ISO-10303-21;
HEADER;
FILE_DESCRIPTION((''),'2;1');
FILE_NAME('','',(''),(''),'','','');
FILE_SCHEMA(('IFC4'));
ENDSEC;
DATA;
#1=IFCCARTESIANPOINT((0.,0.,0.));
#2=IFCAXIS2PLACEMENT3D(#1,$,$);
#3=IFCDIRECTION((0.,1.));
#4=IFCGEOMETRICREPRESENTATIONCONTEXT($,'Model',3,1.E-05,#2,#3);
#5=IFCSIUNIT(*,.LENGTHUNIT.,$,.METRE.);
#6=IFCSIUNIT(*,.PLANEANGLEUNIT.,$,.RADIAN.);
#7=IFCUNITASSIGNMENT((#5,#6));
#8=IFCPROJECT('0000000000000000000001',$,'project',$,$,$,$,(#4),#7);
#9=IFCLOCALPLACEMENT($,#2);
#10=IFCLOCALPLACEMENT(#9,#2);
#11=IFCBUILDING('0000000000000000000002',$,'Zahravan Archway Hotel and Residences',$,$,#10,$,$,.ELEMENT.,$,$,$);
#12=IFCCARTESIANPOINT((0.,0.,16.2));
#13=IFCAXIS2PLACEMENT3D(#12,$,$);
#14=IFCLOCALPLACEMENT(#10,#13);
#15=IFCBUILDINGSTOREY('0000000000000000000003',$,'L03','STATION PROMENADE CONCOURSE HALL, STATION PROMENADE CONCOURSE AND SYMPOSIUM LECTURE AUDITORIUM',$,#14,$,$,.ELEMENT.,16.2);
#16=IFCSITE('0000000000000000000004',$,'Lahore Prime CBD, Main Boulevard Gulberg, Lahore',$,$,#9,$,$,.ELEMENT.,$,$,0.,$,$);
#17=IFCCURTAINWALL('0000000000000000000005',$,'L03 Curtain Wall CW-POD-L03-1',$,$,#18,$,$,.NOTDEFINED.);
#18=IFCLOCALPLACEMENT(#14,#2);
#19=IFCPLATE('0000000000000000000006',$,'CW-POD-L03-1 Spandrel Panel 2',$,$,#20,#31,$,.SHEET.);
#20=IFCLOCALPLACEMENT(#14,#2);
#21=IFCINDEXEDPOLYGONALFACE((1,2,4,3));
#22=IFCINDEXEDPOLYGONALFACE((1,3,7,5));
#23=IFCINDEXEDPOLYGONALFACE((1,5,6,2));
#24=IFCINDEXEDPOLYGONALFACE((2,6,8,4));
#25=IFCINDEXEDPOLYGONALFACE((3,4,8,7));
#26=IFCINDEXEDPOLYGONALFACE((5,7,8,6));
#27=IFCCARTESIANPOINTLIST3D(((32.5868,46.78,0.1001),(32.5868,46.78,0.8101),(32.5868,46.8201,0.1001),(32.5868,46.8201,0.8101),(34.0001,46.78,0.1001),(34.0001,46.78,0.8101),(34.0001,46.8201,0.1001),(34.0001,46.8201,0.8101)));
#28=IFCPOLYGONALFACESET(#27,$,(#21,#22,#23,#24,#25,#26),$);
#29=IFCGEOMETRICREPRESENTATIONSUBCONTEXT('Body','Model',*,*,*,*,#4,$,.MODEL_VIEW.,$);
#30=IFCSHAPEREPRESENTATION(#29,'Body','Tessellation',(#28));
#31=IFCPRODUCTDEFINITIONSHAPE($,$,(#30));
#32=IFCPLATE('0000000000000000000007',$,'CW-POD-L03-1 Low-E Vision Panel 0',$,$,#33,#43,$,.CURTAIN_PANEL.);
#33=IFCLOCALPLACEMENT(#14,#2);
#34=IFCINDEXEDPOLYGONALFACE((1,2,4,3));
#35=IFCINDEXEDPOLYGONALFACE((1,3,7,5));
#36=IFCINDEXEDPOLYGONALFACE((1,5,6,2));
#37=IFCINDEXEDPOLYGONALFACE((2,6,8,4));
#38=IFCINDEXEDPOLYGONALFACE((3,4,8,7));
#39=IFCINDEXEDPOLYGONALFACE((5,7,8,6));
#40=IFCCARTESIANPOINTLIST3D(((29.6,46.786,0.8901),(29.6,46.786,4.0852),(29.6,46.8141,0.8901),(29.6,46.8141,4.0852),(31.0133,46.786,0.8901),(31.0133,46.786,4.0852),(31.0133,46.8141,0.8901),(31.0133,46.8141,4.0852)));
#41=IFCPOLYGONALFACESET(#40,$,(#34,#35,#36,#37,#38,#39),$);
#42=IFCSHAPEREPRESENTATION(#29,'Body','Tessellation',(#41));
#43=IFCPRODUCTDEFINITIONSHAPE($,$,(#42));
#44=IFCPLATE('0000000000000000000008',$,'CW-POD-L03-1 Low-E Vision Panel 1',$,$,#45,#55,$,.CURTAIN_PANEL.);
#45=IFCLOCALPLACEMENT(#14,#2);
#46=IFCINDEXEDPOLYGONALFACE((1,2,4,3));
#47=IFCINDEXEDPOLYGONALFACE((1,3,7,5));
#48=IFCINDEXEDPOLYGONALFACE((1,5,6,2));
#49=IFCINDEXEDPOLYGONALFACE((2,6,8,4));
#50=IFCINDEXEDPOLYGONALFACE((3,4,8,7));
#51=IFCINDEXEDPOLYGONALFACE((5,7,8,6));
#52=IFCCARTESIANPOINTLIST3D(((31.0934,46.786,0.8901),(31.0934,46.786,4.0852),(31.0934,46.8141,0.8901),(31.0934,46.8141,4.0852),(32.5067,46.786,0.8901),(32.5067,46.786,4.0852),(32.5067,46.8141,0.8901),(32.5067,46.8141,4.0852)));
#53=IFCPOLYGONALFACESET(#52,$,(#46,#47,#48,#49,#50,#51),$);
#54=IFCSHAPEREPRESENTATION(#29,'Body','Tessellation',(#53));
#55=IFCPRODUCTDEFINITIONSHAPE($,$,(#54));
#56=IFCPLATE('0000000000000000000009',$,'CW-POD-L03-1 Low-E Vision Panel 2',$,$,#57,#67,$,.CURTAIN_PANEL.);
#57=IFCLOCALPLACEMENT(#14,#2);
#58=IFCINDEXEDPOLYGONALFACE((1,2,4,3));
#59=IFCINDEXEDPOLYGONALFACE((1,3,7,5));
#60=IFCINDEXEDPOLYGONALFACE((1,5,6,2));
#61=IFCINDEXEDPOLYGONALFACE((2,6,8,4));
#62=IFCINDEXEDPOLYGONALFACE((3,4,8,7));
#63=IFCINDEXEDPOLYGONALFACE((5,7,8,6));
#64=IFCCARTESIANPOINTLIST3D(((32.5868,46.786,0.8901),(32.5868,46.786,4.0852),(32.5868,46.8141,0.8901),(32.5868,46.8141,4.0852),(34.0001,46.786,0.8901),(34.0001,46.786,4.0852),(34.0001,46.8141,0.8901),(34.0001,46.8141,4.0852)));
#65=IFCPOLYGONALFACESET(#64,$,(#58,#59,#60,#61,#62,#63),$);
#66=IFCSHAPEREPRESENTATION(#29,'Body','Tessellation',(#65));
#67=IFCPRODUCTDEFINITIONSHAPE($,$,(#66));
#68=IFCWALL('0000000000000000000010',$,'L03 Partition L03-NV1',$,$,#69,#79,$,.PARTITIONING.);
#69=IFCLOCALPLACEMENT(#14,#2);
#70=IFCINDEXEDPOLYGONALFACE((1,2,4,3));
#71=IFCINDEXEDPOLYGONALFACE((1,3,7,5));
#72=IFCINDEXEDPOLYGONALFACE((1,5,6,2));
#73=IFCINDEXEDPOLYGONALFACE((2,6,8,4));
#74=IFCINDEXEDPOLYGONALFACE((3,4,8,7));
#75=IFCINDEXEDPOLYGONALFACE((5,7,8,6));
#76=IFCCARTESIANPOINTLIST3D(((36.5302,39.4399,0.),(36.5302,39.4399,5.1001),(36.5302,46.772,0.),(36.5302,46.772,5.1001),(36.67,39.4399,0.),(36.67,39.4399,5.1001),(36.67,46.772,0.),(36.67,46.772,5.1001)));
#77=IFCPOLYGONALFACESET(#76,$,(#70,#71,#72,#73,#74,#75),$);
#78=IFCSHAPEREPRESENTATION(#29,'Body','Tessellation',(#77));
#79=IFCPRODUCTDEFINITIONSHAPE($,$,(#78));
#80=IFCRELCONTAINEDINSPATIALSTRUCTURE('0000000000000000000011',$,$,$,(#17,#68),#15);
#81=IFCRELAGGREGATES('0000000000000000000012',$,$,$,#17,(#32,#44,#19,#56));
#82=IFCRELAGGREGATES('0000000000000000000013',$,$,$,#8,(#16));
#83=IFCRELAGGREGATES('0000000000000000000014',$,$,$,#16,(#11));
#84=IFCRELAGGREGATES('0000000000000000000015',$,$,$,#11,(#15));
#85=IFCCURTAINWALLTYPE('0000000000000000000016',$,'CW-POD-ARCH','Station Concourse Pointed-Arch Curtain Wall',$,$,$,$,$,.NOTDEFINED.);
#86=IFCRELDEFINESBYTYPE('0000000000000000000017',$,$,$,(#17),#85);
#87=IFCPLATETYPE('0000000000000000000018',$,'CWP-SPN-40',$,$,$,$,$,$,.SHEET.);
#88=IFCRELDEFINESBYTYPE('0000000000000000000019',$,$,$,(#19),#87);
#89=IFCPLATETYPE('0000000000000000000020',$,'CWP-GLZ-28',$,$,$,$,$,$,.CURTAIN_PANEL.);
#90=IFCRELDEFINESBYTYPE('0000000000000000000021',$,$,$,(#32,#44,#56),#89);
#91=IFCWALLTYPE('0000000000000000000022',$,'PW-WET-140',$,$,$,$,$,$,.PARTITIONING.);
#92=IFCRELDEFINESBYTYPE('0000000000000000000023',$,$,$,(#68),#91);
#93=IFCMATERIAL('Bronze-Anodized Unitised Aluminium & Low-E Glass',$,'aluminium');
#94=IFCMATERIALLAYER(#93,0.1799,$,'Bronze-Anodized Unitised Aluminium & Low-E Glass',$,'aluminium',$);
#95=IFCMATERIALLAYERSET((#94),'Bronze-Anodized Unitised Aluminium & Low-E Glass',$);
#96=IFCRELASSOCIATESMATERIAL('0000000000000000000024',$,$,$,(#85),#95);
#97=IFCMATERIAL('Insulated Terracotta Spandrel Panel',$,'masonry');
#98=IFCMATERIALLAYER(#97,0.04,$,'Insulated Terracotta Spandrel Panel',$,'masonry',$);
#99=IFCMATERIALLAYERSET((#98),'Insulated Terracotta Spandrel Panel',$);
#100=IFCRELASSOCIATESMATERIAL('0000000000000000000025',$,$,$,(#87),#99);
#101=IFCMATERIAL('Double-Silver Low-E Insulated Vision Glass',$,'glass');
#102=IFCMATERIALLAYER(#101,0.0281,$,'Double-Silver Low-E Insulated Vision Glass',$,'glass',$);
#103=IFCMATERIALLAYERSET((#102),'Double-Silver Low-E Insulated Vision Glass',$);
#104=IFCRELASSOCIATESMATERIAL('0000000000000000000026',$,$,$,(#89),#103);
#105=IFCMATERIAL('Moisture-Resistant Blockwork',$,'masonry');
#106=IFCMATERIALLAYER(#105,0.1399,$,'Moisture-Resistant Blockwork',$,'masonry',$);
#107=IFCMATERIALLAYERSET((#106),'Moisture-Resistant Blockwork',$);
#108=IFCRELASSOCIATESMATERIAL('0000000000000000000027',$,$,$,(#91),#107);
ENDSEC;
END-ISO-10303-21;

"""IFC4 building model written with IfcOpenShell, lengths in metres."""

from ifc_helpers import new_model, si_unit, direction, frame, frame_2d, origin, origin_2d, place, context, subcontext, project, spatial, rectangle, extrude, source, transform, mapped, material, layer, layer_set, type_object, type_shapes, element, aggregate, save


model = new_model("IFC4")

# Units and contexts
model_context = context("Model", 3, precision=1e-05, world=origin(), true_north=direction((0.0, 1.0)))
body_context = subcontext(model_context, "Body", "Model", "MODEL_VIEW")
ifc_project = project(units=[si_unit("LENGTHUNIT", "METRE"), si_unit("PLANEANGLEUNIT", "RADIAN")], contexts=[model_context])

# Site, building, storey
site_placement = place(None, origin())
site = spatial("IfcSite", under=ifc_project, at=site_placement, Name="Lahore Prime CBD, Main Boulevard Gulberg, Lahore", CompositionType="ELEMENT", RefElevation=0.0)
building_placement = place(site_placement, origin())
building = spatial("IfcBuilding", under=site, at=building_placement, Name="Zahravan Archway Hotel and Residences", CompositionType="ELEMENT")
storey_placement = place(building_placement, frame((0.0, 0.0, 16.2)))
storey = spatial("IfcBuildingStorey", under=building, at=storey_placement, Name="L03", Description="STATION PROMENADE CONCOURSE HALL, STATION PROMENADE CONCOURSE AND SYMPOSIUM LECTURE AUDITORIUM", CompositionType="ELEMENT", Elevation=16.2)

# Curtain wall
ifc_material_1 = material(Name="Bronze-Anodized Unitised Aluminium & Low-E Glass", Category="aluminium")
ifc_layer_1 = layer(ifc_material_1, 0.1799, Name="Bronze-Anodized Unitised Aluminium & Low-E Glass", Category="aluminium")
ifc_layer_set_1 = layer_set([ifc_layer_1], Name="Bronze-Anodized Unitised Aluminium & Low-E Glass")
curtain_wall_type = type_object("IfcCurtainWallType", Name="CW-POD-ARCH", Description="Station Concourse Pointed-Arch Curtain Wall", PredefinedType="NOTDEFINED", material=ifc_layer_set_1)
curtain_wall_1_placement = place(storey_placement, origin())
curtain_wall_1 = element("IfcCurtainWall", 1, at=curtain_wall_1_placement, inside=storey, type_object=curtain_wall_type, Name="L03 Curtain Wall CW-POD-L03-1", PredefinedType="NOTDEFINED")

# Plates
ifc_material_2 = material(Name="Insulated Terracotta Spandrel Panel", Category="masonry")
ifc_layer_2 = layer(ifc_material_2, 0.04, Name="Insulated Terracotta Spandrel Panel", Category="masonry")
ifc_layer_set_2 = layer_set([ifc_layer_2], Name="Insulated Terracotta Spandrel Panel")
plate_type_1 = type_object("IfcPlateType", Name="CWP-SPN-40", PredefinedType="SHEET", material=ifc_layer_set_2)
shared_shape_1 = source(origin(), body_context, "Body", "SweptSolid", [
    extrude(rectangle(XDim=1.4133, YDim=0.04, at=origin_2d()), origin(), (0.0, 0.0, 1.0), 0.71),
])
type_shapes(plate_type_1, [shared_shape_1])
plate_1_placement = place(storey_placement, frame((33.2935, 46.8, 0.1001), z_axis=(0.0, 0.0, 1.0), x_axis=(1.0, 0.0, 0.0)))
plate_1 = element("IfcPlate", 2, at=plate_1_placement, type_object=plate_type_1, Name="CW-POD-L03-1 Spandrel Panel 2", PredefinedType="SHEET", context=body_context, shape_type="MappedRepresentation", body=[
    mapped(shared_shape_1, transform((0.0, 0.0, 0.0), scale=1.0)),
])
ifc_material_3 = material(Name="Double-Silver Low-E Insulated Vision Glass", Category="glass")
ifc_layer_3 = layer(ifc_material_3, 0.0281, Name="Double-Silver Low-E Insulated Vision Glass", Category="glass")
ifc_layer_set_3 = layer_set([ifc_layer_3], Name="Double-Silver Low-E Insulated Vision Glass")
plate_type_2 = type_object("IfcPlateType", Name="CWP-GLZ-28", PredefinedType="CURTAIN_PANEL", material=ifc_layer_set_3)
shared_shape_2 = source(origin(), body_context, "Body", "SweptSolid", [
    extrude(rectangle(XDim=1.4133, YDim=0.0281, at=origin_2d()), origin(), (0.0, 0.0, 1.0), 3.1951),
])
plate_2_placement = place(storey_placement, frame((30.3066, 46.8, 0.8901), z_axis=(0.0, 0.0, 1.0), x_axis=(1.0, 0.0, 0.0)))
plate_2 = element("IfcPlate", 3, at=plate_2_placement, type_object=plate_type_2, Name="CW-POD-L03-1 Low-E Vision Panel 0", PredefinedType="CURTAIN_PANEL", context=body_context, shape_type="MappedRepresentation", body=[
    mapped(shared_shape_2, transform((0.0, 0.0, 0.0), scale=1.0)),
])
plate_3_placement = place(storey_placement, frame((31.8, 46.8, 0.8901), z_axis=(0.0, 0.0, 1.0), x_axis=(1.0, 0.0, 0.0)))
plate_3 = element("IfcPlate", 4, at=plate_3_placement, type_object=plate_type_2, Name="CW-POD-L03-1 Low-E Vision Panel 1", PredefinedType="CURTAIN_PANEL", context=body_context, shape_type="MappedRepresentation", body=[
    mapped(shared_shape_2, transform((0.0, 0.0, 0.0), scale=1.0)),
])
plate_4_placement = place(storey_placement, frame((33.2935, 46.8, 0.8901), z_axis=(0.0, 0.0, 1.0), x_axis=(1.0, 0.0, 0.0)))
plate_4 = element("IfcPlate", 5, at=plate_4_placement, type_object=plate_type_2, Name="CW-POD-L03-1 Low-E Vision Panel 2", PredefinedType="CURTAIN_PANEL", context=body_context, shape_type="MappedRepresentation", body=[
    mapped(shared_shape_2, transform((0.0, 0.0, 0.0), scale=1.0)),
])
aggregate(curtain_wall_1, [plate_2, plate_3, plate_1, plate_4])

# Wall
ifc_material_4 = material(Name="Moisture-Resistant Blockwork", Category="masonry")
ifc_layer_4 = layer(ifc_material_4, 0.1399, Name="Moisture-Resistant Blockwork", Category="masonry")
ifc_layer_set_4 = layer_set([ifc_layer_4], Name="Moisture-Resistant Blockwork")
wall_type = type_object("IfcWallType", Name="PW-WET-140", PredefinedType="PARTITIONING", material=ifc_layer_set_4)
wall_placement = place(storey_placement, frame((36.6001, 39.4399, 0.0), z_axis=(0.0, 0.0, 1.0), x_axis=(0.0, 1.0, 0.0)))
element("IfcWall", 6, at=wall_placement, inside=storey, type_object=wall_type, Name="L03 Partition L03-NV1", PredefinedType="PARTITIONING", context=body_context, shape_type="SweptSolid", body=[
    extrude(rectangle(XDim=7.332, YDim=0.1399, at=frame_2d((3.666, 0.0))), origin(), (0.0, 0.0, 1.0), 5.1001),
])

save(model, "model.ifc")
